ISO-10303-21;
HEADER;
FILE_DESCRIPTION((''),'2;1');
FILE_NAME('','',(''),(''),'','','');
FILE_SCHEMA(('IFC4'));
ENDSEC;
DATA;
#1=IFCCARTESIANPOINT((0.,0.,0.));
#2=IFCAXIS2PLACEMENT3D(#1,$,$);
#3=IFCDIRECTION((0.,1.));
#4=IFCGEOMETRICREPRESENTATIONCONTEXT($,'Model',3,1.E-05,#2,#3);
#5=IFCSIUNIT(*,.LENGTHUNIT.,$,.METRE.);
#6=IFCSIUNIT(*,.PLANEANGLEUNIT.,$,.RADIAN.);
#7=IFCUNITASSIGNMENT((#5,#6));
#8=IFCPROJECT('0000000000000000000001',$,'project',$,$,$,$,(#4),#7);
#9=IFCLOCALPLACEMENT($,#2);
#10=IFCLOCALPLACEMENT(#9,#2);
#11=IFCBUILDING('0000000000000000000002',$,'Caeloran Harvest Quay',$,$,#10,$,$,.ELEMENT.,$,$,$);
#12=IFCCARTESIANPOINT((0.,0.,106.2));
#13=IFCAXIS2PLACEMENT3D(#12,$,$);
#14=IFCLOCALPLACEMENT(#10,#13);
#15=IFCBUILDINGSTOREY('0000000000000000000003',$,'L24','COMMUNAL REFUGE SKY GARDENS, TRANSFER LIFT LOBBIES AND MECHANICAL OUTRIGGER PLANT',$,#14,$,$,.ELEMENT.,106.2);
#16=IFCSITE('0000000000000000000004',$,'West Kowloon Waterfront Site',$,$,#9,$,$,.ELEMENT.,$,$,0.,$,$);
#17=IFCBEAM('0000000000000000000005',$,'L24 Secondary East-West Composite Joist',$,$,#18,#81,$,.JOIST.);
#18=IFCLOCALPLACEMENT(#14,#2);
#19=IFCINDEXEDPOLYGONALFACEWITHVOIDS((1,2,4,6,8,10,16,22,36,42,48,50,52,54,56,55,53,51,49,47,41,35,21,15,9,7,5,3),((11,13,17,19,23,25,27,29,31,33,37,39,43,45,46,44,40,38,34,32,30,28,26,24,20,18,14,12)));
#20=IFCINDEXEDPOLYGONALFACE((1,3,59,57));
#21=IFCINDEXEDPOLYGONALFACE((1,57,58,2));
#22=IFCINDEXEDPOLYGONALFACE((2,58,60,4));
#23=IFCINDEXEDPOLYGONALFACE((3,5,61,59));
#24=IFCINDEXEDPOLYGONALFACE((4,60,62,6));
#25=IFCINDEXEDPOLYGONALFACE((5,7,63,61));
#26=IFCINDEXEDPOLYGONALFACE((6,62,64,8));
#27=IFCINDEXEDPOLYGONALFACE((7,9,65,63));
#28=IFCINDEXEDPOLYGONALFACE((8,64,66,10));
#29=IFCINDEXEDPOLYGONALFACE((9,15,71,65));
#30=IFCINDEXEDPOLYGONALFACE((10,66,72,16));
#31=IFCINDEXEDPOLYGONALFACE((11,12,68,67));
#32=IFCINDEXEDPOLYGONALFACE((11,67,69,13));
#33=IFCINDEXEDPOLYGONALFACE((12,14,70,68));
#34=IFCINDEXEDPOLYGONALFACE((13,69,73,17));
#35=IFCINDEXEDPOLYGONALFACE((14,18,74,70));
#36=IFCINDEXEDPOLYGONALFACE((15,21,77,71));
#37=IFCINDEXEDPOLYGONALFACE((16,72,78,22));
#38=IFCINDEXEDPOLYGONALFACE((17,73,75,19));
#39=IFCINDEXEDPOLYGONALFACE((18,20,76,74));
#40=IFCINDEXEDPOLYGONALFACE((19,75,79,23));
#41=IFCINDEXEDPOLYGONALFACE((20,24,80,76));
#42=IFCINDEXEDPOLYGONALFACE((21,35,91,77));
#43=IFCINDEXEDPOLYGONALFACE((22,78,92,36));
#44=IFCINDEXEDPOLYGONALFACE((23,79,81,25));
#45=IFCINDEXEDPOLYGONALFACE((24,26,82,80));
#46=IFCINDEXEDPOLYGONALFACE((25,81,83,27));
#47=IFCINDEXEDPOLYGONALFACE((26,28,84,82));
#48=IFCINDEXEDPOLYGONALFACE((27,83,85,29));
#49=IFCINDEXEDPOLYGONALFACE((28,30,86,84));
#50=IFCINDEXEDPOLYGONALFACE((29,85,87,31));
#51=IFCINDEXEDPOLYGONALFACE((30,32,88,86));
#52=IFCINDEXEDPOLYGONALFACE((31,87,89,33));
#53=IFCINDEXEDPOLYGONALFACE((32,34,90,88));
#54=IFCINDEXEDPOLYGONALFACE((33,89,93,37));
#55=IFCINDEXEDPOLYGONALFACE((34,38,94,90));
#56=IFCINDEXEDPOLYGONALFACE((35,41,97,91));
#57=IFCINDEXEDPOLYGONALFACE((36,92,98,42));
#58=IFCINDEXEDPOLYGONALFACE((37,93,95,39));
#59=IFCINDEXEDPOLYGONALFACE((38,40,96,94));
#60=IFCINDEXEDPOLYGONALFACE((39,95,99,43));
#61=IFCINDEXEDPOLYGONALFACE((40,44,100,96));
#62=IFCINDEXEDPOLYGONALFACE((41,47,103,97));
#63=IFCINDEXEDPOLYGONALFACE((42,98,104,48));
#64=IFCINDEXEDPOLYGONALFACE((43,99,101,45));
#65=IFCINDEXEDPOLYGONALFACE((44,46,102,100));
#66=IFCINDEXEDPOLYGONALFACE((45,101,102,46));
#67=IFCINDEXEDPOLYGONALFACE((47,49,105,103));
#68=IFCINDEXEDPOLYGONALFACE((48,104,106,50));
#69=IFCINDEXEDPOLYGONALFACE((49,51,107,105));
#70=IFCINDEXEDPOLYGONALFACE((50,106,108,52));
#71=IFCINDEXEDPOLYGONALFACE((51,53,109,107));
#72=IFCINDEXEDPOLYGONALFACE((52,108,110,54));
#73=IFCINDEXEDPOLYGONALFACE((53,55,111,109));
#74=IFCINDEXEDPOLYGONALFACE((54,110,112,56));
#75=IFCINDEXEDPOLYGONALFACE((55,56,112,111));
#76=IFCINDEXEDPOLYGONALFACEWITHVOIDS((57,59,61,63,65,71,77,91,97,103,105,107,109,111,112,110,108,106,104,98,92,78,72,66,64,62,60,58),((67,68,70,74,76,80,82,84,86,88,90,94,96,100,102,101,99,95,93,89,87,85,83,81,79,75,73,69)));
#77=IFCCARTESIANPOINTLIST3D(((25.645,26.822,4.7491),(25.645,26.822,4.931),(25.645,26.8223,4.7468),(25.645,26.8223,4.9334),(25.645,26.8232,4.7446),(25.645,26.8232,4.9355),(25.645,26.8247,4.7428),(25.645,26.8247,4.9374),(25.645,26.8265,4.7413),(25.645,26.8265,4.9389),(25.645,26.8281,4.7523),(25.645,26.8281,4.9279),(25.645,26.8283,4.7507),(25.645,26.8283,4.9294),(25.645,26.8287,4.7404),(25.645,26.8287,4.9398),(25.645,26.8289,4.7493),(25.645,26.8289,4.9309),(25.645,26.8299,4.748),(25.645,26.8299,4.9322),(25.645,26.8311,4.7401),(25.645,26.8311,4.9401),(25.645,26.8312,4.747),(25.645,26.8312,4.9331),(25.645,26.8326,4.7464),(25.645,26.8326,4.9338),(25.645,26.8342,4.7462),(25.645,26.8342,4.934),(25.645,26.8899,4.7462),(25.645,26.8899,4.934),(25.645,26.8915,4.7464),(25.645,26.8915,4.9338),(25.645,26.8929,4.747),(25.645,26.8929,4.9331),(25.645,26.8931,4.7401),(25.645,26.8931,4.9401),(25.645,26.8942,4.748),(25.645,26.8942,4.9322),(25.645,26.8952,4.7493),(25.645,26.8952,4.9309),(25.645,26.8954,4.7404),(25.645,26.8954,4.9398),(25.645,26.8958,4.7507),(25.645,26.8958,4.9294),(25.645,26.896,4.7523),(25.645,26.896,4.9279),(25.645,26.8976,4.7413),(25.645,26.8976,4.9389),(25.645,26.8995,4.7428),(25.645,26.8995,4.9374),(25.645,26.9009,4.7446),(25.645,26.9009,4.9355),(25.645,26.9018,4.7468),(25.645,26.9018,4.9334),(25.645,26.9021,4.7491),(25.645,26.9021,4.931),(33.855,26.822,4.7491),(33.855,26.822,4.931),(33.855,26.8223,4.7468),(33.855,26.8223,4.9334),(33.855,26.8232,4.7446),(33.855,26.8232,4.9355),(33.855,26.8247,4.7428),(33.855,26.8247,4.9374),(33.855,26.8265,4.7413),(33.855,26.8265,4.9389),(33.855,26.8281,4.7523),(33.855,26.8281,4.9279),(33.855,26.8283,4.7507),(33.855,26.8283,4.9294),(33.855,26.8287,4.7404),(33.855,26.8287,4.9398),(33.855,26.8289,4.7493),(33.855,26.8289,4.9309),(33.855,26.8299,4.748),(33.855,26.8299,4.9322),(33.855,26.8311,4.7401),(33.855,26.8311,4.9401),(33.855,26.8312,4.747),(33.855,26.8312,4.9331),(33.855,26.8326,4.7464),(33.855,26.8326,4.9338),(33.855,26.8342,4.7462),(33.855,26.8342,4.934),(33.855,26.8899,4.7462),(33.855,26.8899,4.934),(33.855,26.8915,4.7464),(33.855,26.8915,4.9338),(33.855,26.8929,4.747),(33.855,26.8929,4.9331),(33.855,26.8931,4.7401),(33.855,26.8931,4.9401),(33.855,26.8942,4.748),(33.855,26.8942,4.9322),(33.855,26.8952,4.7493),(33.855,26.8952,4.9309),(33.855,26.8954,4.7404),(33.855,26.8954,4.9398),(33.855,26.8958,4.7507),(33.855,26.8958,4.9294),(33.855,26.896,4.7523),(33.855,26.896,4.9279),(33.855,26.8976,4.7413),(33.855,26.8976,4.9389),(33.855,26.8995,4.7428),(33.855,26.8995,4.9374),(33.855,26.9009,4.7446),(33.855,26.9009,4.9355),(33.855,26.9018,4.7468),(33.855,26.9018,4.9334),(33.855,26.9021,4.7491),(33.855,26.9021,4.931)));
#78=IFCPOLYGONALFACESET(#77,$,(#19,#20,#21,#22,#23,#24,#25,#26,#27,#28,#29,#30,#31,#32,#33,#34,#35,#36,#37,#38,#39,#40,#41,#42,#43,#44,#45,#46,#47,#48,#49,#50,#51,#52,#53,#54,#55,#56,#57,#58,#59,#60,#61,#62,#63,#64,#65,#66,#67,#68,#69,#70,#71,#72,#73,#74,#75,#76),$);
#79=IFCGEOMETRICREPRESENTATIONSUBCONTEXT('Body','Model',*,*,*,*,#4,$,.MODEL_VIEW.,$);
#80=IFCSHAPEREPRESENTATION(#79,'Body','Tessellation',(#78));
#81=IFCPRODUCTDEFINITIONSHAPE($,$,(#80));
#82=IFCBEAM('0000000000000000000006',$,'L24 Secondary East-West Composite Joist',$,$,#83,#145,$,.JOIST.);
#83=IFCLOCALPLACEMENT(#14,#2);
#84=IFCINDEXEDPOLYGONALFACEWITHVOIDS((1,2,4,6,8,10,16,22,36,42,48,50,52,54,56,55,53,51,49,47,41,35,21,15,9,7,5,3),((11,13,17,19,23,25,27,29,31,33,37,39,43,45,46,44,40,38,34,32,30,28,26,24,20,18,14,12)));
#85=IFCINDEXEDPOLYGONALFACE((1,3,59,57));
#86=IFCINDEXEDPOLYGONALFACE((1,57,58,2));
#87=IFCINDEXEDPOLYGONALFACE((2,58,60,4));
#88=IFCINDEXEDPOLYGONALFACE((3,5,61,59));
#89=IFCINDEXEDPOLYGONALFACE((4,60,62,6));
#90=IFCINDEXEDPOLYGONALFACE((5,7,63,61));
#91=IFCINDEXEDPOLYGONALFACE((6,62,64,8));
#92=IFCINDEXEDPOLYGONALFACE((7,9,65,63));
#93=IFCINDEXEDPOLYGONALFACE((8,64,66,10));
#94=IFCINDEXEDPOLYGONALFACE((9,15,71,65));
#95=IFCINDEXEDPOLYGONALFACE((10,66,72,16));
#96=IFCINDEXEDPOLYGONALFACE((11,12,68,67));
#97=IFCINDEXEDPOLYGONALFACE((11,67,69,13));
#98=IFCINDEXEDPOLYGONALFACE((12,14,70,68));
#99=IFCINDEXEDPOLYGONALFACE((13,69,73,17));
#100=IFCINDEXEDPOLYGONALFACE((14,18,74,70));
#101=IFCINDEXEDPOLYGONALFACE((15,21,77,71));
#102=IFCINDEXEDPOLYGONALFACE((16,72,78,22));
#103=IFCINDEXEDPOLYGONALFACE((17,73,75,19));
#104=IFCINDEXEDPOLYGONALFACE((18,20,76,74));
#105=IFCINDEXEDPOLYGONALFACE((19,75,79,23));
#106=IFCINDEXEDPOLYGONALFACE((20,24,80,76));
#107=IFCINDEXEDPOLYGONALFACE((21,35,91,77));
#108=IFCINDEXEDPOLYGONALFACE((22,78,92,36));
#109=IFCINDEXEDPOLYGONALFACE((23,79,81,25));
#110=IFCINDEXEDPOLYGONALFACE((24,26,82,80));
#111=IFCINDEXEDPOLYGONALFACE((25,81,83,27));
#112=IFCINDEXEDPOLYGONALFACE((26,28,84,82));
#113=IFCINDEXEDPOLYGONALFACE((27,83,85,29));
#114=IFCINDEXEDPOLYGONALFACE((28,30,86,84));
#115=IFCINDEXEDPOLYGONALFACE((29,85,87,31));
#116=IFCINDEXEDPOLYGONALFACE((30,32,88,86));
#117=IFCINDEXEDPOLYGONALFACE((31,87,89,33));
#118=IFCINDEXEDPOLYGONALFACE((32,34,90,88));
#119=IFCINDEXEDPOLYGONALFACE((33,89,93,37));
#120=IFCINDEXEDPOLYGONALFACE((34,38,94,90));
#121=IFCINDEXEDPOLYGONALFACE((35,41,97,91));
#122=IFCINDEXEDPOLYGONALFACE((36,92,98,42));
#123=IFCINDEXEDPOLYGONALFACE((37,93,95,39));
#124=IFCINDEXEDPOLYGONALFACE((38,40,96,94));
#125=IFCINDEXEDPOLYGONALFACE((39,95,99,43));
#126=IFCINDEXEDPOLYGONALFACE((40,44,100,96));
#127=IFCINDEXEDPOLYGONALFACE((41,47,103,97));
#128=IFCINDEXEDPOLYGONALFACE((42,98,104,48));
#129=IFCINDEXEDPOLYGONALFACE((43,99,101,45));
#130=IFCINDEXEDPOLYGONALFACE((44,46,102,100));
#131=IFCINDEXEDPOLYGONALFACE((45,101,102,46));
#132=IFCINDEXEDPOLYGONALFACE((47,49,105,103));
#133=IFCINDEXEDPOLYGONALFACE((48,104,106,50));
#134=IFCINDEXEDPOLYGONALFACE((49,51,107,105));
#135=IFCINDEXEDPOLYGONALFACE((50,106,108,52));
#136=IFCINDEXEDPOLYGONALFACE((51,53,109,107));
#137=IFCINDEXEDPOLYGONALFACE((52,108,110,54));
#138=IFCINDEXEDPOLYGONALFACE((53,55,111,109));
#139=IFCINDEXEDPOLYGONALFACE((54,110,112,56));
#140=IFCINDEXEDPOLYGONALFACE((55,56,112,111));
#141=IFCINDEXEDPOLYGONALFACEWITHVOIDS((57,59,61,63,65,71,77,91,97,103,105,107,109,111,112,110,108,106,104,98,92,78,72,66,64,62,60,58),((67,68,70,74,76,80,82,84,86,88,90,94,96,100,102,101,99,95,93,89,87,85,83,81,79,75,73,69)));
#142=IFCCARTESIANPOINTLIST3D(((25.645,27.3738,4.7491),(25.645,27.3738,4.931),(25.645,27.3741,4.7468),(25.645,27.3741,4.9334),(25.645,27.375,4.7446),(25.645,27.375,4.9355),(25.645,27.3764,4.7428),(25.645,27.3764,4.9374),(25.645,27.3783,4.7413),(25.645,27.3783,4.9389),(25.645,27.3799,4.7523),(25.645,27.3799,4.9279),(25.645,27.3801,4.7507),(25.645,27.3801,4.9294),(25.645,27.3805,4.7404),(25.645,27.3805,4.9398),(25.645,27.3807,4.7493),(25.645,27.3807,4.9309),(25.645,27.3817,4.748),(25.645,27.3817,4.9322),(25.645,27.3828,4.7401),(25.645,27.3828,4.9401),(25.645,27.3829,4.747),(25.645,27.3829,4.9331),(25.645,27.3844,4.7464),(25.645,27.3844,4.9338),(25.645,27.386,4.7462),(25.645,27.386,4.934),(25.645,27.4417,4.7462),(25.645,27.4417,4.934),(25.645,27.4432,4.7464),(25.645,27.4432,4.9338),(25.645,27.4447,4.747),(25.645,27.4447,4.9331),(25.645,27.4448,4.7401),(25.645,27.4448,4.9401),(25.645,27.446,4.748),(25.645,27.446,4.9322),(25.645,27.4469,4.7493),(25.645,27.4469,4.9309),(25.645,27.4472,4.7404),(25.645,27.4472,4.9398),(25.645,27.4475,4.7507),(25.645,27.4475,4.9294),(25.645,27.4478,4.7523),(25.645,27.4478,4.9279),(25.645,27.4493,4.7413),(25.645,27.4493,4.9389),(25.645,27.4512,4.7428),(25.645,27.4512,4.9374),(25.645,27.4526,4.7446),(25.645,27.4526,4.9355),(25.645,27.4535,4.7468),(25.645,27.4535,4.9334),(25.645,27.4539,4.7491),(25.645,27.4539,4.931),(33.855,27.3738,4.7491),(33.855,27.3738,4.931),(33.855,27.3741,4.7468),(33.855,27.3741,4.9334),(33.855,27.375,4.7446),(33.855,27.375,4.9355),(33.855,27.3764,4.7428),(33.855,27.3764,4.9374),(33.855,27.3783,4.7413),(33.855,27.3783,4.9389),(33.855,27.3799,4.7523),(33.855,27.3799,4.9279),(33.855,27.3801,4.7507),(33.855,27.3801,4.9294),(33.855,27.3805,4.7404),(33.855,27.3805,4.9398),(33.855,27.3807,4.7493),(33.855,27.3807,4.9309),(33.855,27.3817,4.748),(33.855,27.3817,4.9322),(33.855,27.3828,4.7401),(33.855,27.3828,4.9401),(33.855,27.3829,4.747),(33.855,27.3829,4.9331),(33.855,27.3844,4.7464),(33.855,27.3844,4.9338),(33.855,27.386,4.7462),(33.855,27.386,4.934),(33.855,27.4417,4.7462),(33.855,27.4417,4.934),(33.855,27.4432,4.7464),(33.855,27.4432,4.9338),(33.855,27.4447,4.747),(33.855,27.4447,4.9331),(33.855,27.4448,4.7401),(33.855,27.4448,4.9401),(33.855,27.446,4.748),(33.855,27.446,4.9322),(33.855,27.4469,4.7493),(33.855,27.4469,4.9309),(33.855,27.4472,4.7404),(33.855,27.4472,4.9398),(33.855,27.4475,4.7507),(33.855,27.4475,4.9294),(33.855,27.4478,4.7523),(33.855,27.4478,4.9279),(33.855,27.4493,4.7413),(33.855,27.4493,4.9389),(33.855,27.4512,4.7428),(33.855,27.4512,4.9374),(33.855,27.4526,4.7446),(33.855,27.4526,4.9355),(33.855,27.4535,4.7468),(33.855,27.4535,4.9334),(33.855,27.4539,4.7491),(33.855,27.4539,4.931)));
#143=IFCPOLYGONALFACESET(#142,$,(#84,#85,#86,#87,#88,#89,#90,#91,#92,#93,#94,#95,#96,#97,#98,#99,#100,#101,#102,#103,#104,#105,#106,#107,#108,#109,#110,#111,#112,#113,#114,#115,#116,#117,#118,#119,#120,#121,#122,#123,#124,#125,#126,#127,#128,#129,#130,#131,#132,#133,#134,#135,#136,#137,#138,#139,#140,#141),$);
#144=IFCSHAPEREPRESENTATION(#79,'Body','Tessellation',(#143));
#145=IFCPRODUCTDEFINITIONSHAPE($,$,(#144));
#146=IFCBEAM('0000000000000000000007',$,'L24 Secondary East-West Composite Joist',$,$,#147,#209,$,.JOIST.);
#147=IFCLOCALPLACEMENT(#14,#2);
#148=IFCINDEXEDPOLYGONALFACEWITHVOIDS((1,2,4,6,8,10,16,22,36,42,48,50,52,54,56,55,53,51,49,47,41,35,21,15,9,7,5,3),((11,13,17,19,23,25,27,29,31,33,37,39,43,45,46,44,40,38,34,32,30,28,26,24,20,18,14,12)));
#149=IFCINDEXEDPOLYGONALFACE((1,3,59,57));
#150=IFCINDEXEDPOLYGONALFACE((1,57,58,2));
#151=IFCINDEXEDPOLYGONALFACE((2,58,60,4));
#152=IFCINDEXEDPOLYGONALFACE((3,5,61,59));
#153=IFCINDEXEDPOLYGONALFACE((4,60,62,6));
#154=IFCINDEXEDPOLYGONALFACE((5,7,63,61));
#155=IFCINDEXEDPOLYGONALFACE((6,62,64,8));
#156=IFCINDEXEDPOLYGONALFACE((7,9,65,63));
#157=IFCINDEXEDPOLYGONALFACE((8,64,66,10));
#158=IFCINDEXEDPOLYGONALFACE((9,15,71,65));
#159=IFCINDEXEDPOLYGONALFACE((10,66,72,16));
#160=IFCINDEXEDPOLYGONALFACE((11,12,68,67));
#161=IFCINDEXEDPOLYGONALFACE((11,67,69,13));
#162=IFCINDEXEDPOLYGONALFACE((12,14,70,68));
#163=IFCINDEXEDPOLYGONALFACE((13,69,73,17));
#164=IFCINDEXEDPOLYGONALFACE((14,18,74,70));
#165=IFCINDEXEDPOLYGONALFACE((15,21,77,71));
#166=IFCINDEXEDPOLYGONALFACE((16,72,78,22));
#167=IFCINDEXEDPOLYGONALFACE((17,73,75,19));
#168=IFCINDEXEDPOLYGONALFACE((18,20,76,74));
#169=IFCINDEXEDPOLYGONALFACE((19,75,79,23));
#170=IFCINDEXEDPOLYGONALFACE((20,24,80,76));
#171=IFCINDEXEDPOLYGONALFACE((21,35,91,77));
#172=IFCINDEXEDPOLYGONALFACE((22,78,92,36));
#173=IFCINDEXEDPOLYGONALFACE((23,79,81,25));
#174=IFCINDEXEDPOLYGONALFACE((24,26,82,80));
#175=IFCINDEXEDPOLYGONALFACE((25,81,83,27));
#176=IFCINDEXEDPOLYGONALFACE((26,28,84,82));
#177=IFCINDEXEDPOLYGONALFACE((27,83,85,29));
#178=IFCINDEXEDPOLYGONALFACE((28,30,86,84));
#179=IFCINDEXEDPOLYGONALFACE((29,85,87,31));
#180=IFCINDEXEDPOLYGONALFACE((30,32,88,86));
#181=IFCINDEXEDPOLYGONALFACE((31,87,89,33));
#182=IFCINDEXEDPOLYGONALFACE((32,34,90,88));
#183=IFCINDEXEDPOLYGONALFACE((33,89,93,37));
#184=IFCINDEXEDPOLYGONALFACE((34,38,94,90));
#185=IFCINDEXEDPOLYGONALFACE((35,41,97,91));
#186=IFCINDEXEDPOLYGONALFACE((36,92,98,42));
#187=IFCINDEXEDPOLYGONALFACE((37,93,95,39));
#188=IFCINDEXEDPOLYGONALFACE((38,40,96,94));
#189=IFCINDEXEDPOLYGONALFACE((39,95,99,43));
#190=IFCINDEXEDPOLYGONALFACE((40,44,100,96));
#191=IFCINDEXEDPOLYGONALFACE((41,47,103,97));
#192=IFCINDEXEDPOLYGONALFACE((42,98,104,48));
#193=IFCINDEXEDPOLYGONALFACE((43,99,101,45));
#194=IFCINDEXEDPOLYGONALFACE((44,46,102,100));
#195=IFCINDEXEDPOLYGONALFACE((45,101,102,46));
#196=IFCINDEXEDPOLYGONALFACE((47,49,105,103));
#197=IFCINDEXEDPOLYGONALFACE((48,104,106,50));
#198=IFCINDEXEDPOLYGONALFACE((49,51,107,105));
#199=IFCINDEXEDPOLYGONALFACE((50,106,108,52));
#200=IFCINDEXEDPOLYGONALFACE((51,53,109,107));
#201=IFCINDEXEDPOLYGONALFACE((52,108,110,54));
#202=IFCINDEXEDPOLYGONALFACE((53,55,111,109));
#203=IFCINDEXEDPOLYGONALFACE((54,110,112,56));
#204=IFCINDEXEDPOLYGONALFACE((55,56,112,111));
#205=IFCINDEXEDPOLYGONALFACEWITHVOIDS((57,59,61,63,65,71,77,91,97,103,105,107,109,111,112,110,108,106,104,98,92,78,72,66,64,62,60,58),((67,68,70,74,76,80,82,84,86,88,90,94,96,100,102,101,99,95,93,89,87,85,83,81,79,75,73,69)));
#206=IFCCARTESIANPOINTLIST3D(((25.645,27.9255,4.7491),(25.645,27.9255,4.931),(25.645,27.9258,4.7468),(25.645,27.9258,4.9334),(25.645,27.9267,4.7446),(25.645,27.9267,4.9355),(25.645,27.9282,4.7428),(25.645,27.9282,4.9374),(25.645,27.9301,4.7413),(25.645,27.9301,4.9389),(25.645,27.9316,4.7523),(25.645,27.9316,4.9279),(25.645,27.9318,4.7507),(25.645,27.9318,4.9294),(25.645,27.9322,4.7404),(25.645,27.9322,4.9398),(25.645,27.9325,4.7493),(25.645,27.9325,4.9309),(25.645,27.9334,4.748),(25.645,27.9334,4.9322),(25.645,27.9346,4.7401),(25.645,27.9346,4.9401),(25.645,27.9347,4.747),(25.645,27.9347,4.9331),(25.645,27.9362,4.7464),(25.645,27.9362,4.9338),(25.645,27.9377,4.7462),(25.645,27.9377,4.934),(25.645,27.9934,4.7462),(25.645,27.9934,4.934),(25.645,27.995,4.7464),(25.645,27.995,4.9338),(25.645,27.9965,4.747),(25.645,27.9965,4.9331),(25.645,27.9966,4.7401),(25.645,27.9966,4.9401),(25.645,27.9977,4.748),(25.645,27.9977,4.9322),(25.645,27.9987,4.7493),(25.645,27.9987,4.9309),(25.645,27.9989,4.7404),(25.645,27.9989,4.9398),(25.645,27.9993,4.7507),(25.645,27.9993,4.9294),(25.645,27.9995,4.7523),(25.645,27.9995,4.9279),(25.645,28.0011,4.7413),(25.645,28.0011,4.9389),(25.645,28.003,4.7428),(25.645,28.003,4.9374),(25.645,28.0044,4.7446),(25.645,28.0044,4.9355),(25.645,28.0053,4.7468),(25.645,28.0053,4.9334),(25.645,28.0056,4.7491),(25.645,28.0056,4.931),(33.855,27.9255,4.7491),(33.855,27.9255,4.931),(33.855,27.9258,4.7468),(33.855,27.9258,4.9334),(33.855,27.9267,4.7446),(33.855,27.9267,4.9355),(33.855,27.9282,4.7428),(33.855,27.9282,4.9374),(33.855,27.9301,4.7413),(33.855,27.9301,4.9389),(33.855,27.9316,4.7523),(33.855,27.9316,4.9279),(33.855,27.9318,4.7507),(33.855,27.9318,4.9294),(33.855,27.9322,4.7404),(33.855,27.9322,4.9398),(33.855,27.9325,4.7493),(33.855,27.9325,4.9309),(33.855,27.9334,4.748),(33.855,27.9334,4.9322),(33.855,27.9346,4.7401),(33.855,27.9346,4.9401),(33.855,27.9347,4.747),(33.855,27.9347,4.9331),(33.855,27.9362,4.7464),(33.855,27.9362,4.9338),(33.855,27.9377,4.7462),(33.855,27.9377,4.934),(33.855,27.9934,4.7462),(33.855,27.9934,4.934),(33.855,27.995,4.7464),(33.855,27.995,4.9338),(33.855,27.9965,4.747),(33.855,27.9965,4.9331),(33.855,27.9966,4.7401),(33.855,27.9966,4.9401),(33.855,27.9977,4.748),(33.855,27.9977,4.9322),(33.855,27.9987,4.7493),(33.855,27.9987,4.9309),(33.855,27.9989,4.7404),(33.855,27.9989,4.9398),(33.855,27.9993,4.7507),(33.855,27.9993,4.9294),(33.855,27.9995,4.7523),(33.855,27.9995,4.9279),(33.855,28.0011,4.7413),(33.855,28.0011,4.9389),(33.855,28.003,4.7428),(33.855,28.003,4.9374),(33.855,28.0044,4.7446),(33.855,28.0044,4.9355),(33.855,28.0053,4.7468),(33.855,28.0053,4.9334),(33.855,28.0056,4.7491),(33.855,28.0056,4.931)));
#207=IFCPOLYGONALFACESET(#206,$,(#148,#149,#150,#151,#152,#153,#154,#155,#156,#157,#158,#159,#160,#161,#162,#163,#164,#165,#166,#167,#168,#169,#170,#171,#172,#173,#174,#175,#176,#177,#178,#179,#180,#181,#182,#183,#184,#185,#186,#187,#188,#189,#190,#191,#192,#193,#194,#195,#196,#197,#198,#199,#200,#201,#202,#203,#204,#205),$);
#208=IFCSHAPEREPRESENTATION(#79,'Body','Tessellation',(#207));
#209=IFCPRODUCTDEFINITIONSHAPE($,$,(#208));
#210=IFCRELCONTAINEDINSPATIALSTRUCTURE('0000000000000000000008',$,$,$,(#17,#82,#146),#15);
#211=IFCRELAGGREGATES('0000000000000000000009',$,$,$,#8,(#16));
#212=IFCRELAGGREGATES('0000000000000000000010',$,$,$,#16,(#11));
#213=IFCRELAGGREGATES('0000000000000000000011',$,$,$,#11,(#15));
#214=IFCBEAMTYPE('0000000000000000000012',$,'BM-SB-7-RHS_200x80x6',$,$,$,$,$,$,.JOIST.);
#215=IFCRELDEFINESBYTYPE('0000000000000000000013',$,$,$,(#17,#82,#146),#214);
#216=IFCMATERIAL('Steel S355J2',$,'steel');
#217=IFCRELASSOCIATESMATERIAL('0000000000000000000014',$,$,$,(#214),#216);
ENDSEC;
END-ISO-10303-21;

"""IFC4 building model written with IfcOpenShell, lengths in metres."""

from ifc_helpers import new_model, si_unit, direction, frame, origin, origin_2d, place, context, subcontext, project, spatial, hollow_rectangle, extrude, material, material_profile, profile_set, type_object, element, save


model = new_model("IFC4")

# Units and contexts
model_context = context("Model", 3, precision=1e-05, world=origin(), true_north=direction((0.0, 1.0)))
body_context = subcontext(model_context, "Body", "Model", "MODEL_VIEW")
ifc_project = project(units=[si_unit("LENGTHUNIT", "METRE"), si_unit("PLANEANGLEUNIT", "RADIAN")], contexts=[model_context])

# Site, building, storey
site_placement = place(None, origin())
site = spatial("IfcSite", under=ifc_project, at=site_placement, Name="West Kowloon Waterfront Site", CompositionType="ELEMENT", RefElevation=0.0)
building_placement = place(site_placement, origin())
building = spatial("IfcBuilding", under=site, at=building_placement, Name="Caeloran Harvest Quay", CompositionType="ELEMENT")
storey_placement = place(building_placement, frame((0.0, 0.0, 106.2)))
storey = spatial("IfcBuildingStorey", under=building, at=storey_placement, Name="L24", Description="COMMUNAL REFUGE SKY GARDENS, TRANSFER LIFT LOBBIES AND MECHANICAL OUTRIGGER PLANT", CompositionType="ELEMENT", Elevation=106.2)

# Beams
ifc_material = material(Name="Steel S355J2", Category="steel")
ifc_material_profile_1 = material_profile(ifc_material, hollow_rectangle(XDim=0.0801, YDim=0.2, WallThickness=0.0061, InnerFilletRadius=0.0061, OuterFilletRadius=0.009, at=origin_2d()), Name="RHS 200x80x6")
ifc_profile_set_1 = profile_set([ifc_material_profile_1], Name="Steel S355J2")
beam_type_1 = type_object("IfcBeamType", Name="BM-SB-7-RHS_200x80x6", PredefinedType="JOIST", material=ifc_profile_set_1)
for number, where, z_axis, x_axis, name in (
    (1, (25.645, 26.8621, 4.8401), (1.0, 0.0, 0.0), (0.0, 1.0, 0.0), "L24 Secondary East-West Composite Joist"),
    (2, (25.645, 27.4138, 4.8401), (1.0, 0.0, 0.0), (0.0, 1.0, 0.0), "L24 Secondary East-West Composite Joist"),
    (3, (25.645, 27.9656, 4.8401), (1.0, 0.0, 0.0), (0.0, 1.0, 0.0), "L24 Secondary East-West Composite Joist"),
):
    element("IfcBeam", number, at=place(storey_placement, frame(where, z_axis=z_axis, x_axis=x_axis)), inside=storey, type_object=beam_type_1, Name=name, PredefinedType="JOIST", context=body_context, shape_type="SweptSolid", body=[
        extrude(hollow_rectangle(XDim=0.0801, YDim=0.2, WallThickness=0.0061, InnerFilletRadius=0.0061, OuterFilletRadius=0.009, at=origin_2d()), origin(), (0.0, 0.0, 1.0), 8.21),
    ])

save(model, "model.ifc")
